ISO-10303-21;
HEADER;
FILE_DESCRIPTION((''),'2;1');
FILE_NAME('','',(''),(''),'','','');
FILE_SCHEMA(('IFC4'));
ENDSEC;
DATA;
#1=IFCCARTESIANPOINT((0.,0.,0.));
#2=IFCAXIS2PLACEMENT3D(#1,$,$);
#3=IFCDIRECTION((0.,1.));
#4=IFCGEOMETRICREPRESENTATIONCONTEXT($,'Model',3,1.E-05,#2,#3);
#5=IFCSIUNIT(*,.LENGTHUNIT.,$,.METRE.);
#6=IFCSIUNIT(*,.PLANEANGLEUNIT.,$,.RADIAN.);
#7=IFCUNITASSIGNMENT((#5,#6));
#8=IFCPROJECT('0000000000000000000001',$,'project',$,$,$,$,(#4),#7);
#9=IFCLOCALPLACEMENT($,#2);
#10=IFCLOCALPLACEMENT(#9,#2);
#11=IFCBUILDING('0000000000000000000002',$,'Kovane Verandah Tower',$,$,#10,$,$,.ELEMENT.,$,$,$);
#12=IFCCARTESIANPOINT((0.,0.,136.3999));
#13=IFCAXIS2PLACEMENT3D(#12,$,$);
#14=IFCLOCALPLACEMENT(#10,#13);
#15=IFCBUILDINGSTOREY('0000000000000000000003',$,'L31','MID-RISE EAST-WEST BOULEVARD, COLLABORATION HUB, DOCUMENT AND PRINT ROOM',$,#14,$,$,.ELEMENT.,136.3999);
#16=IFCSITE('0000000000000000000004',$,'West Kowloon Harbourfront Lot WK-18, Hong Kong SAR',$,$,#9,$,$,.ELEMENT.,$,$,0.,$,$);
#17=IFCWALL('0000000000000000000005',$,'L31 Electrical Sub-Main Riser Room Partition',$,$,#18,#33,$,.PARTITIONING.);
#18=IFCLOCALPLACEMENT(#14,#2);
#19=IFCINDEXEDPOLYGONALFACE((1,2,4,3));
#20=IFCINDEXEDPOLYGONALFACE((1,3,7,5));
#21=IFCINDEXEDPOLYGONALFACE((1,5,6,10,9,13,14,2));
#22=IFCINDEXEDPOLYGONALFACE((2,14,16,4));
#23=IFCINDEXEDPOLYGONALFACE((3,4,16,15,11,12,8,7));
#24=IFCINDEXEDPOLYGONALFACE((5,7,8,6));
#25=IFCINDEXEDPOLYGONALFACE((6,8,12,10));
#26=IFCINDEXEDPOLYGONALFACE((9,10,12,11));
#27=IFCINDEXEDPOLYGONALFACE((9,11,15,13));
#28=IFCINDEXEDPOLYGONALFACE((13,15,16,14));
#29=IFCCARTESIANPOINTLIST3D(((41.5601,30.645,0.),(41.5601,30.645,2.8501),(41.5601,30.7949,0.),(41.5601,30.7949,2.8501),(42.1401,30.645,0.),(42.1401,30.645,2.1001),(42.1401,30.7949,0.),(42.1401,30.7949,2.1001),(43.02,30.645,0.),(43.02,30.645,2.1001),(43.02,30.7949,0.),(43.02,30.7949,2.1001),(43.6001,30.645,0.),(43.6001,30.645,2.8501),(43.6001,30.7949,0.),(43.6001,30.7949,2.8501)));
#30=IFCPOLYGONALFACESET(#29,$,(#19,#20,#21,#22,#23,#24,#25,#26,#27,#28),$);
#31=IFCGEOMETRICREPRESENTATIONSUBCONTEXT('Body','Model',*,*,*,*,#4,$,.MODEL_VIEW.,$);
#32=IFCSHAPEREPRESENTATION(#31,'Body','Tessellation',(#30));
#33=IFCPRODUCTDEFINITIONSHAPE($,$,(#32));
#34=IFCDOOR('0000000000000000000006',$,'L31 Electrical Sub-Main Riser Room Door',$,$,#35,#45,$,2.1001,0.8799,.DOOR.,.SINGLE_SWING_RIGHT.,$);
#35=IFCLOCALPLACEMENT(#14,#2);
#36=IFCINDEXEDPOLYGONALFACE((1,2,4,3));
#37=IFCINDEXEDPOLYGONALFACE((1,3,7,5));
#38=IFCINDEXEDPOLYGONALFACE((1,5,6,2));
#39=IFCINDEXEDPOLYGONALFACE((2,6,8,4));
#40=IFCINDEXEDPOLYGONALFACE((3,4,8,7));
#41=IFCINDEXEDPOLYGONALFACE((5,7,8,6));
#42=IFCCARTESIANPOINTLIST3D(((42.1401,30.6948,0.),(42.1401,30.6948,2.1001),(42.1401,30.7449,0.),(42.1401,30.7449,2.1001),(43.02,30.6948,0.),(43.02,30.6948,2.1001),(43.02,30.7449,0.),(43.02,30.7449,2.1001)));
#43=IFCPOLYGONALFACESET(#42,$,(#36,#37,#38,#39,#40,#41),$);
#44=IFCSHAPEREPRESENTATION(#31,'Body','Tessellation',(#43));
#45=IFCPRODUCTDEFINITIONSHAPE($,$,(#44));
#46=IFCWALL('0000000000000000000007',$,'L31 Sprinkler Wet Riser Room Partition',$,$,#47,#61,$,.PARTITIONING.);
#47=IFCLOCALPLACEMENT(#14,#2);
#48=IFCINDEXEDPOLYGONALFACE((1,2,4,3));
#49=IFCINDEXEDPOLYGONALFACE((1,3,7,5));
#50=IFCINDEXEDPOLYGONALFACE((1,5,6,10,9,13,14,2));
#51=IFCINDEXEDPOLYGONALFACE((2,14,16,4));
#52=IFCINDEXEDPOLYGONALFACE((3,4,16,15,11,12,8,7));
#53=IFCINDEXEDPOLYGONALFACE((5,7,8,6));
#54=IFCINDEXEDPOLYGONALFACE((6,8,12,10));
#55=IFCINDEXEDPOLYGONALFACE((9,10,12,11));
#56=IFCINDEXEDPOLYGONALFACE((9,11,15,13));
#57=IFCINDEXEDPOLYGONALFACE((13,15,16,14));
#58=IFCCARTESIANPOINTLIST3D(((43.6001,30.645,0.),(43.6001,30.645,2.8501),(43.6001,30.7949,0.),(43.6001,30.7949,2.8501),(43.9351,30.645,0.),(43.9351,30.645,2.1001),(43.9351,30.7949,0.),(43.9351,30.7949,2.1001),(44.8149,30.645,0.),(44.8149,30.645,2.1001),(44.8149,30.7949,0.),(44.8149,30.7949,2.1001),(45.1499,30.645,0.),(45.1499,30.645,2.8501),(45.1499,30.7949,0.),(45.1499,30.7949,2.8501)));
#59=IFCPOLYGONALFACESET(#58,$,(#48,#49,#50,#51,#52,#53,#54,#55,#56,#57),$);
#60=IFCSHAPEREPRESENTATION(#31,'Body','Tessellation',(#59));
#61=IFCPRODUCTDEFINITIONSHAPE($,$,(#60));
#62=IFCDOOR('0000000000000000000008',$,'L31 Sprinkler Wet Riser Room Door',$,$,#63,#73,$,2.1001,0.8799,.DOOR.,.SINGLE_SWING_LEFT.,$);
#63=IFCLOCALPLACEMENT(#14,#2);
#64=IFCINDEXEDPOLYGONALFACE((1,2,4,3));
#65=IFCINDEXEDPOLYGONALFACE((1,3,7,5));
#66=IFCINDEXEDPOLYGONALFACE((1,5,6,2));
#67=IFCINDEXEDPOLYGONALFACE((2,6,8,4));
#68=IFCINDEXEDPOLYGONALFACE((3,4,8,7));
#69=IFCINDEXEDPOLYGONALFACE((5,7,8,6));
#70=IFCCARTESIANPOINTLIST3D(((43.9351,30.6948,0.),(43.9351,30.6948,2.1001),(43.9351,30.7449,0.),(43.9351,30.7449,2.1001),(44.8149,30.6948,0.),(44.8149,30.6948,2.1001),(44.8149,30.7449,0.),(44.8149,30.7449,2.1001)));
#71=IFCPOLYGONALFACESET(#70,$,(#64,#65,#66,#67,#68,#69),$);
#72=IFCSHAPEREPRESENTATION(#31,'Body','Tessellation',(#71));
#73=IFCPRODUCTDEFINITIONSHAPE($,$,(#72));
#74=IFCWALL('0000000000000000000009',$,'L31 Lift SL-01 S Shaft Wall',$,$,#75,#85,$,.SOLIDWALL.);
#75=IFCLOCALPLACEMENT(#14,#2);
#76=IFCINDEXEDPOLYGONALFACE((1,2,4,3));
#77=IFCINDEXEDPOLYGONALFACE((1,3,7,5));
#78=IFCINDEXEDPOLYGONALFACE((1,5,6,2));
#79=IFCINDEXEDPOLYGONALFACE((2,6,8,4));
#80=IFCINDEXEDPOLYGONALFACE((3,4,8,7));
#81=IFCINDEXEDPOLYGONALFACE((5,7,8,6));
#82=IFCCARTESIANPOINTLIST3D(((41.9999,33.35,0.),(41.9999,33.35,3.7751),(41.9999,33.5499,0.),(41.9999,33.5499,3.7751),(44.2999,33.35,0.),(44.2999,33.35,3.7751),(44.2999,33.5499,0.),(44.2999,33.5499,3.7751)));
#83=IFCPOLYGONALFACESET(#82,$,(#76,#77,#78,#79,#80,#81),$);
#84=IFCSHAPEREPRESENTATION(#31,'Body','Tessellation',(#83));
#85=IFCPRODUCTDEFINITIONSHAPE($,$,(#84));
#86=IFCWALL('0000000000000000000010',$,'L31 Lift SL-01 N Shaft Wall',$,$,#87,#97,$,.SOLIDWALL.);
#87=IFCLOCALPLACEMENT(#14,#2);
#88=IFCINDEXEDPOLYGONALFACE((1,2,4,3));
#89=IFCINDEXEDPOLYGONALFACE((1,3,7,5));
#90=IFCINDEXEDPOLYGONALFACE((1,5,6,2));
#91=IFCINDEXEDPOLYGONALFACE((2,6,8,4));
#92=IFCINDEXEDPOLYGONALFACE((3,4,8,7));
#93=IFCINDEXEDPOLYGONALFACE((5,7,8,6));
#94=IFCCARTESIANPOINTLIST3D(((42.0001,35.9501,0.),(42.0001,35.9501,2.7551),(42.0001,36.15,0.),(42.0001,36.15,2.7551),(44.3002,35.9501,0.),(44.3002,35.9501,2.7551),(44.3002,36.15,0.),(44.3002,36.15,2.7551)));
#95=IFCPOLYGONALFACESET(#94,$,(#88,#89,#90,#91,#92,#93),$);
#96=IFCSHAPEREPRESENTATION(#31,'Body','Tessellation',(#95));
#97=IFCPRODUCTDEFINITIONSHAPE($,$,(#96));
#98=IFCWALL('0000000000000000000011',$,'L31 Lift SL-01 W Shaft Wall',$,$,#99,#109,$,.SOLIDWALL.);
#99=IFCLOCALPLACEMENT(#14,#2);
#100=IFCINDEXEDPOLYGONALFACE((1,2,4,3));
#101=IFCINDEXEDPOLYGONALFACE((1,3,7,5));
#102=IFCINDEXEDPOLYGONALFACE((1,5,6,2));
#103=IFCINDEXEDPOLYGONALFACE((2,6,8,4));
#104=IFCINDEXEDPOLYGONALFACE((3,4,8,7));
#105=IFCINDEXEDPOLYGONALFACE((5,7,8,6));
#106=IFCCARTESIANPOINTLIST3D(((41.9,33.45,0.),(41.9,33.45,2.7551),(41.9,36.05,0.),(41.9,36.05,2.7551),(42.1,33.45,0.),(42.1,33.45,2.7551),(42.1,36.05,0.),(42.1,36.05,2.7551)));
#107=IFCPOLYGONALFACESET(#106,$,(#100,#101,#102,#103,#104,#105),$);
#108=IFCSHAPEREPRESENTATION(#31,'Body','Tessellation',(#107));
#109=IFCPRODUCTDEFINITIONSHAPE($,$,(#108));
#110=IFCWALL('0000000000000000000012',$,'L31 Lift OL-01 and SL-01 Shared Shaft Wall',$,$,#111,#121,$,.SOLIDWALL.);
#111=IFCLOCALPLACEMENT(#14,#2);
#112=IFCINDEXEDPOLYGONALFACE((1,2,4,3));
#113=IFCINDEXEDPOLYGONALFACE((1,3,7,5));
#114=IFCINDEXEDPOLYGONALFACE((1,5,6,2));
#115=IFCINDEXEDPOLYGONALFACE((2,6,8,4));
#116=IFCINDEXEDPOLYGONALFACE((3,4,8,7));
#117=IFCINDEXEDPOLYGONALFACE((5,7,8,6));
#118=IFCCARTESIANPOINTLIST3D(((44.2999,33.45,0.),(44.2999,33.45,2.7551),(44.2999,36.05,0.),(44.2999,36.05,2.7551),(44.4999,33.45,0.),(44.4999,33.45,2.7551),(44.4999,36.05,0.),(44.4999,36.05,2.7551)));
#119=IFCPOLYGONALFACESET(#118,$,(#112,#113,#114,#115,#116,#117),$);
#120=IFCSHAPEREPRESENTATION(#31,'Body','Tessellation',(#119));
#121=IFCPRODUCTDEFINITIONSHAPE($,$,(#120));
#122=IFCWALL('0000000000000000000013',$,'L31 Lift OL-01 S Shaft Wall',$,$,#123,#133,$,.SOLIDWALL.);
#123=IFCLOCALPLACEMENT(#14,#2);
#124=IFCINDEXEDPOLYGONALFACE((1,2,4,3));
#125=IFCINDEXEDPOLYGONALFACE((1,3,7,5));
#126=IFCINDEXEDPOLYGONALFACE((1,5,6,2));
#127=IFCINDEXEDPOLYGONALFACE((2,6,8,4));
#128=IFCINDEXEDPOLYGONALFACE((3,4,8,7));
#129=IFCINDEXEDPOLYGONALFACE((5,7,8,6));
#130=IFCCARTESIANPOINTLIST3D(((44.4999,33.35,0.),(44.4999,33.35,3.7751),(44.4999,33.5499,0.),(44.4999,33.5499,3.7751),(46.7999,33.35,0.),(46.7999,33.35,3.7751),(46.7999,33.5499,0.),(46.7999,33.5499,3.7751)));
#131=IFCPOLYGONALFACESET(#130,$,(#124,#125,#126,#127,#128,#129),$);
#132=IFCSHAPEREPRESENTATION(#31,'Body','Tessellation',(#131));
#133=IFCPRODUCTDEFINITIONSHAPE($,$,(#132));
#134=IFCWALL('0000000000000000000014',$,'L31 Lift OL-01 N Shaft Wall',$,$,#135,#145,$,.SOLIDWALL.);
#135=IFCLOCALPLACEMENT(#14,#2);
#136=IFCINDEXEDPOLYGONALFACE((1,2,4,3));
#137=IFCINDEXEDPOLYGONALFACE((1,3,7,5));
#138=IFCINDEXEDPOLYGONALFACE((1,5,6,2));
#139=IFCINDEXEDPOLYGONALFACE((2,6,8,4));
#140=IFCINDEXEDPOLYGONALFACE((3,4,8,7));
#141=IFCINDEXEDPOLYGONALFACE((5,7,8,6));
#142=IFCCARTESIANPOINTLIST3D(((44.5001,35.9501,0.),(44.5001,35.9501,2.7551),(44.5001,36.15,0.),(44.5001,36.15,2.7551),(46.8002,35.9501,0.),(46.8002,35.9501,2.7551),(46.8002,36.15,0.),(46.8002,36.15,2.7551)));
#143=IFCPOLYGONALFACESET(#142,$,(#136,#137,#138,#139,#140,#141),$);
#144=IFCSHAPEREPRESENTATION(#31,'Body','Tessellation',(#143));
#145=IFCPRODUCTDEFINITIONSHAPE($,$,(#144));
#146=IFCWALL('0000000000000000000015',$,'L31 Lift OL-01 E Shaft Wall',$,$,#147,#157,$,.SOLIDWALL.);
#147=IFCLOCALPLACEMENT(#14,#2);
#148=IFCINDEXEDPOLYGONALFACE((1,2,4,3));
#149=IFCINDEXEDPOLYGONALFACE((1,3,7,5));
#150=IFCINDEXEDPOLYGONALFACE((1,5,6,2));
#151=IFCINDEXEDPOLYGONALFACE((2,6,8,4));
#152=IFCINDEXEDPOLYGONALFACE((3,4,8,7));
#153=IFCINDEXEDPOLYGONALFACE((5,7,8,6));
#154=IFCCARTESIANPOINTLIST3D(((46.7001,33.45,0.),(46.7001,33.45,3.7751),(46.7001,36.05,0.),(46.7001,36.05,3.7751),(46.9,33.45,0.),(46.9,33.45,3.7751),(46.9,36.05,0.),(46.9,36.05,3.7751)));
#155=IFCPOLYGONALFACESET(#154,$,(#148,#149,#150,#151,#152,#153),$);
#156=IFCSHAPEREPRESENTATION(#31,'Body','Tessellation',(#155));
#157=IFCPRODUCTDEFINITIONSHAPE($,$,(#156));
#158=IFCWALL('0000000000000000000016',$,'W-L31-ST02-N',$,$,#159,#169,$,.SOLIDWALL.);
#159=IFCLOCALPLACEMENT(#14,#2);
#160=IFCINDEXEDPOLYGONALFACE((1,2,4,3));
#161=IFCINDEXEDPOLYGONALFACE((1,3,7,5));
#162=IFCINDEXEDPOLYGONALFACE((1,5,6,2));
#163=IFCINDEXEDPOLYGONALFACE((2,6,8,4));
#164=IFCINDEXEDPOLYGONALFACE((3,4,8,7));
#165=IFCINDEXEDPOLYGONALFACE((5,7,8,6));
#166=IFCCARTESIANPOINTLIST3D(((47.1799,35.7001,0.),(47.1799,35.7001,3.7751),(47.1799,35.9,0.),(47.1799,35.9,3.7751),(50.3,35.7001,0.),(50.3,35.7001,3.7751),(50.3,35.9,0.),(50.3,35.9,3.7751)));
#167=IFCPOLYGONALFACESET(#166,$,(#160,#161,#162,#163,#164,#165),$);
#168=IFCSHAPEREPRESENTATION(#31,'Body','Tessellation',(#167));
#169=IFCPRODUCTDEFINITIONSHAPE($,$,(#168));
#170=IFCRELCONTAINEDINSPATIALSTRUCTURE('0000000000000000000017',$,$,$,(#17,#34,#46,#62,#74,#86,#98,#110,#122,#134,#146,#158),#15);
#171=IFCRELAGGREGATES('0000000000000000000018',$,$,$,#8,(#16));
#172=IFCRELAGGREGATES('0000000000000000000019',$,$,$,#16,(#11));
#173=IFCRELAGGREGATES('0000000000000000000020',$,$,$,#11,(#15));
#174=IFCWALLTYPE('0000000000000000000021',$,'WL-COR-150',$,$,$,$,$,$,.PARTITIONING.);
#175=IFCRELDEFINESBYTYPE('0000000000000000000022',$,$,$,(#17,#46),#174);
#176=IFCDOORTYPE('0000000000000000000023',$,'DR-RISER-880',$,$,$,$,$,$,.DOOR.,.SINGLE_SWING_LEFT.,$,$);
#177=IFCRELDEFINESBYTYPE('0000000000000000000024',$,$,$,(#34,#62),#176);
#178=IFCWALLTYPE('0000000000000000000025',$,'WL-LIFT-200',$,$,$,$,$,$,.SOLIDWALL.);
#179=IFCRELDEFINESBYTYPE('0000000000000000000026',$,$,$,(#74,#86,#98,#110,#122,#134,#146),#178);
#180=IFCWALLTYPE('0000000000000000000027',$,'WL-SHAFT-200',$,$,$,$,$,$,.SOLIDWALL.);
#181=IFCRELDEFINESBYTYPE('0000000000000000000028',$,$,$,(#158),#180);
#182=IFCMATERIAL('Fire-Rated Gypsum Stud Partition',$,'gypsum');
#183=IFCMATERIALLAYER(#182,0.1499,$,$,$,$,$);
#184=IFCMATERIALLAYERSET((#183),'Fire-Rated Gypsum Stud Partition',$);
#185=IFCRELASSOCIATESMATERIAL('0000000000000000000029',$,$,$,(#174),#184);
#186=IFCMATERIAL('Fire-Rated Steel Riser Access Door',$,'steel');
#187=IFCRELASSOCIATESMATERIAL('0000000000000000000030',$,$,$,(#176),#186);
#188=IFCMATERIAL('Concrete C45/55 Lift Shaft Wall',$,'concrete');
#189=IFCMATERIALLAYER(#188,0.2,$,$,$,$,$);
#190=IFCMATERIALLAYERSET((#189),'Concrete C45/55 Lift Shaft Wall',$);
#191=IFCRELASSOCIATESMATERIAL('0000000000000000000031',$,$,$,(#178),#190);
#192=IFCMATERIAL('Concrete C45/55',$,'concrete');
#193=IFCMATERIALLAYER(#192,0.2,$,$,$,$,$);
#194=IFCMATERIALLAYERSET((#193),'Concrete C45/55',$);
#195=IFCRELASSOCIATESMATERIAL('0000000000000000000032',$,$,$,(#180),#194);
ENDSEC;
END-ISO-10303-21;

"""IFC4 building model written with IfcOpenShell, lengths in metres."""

from ifc_helpers import new_model, si_unit, direction, frame, frame_2d, origin, place, context, subcontext, project, spatial, rectangle, extrude, material, layer, layer_set, type_object, element, fill, save


model = new_model("IFC4")

# Units and contexts
model_context = context("Model", 3, precision=1e-05, world=origin(), true_north=direction((0.0, 1.0)))
body_context = subcontext(model_context, "Body", "Model", "MODEL_VIEW")
ifc_project = project(units=[si_unit("LENGTHUNIT", "METRE"), si_unit("PLANEANGLEUNIT", "RADIAN")], contexts=[model_context])

# Site, building, storey
site_placement = place(None, origin())
site = spatial("IfcSite", under=ifc_project, at=site_placement, Name="West Kowloon Harbourfront Lot WK-18, Hong Kong SAR", CompositionType="ELEMENT", RefElevation=0.0)
building_placement = place(site_placement, origin())
building = spatial("IfcBuilding", under=site, at=building_placement, Name="Kovane Verandah Tower", CompositionType="ELEMENT")
storey_placement = place(building_placement, frame((0.0, 0.0, 136.3999)))
storey = spatial("IfcBuildingStorey", under=building, at=storey_placement, Name="L31", Description="MID-RISE EAST-WEST BOULEVARD, COLLABORATION HUB, DOCUMENT AND PRINT ROOM", CompositionType="ELEMENT", Elevation=136.3999)

# Walls, openings, doors
ifc_material_1 = material(Name="Fire-Rated Gypsum Stud Partition", Category="gypsum")
ifc_layer_1 = layer(ifc_material_1, 0.1499)
ifc_layer_set_1 = layer_set([ifc_layer_1], Name="Fire-Rated Gypsum Stud Partition")
wall_type_1 = type_object("IfcWallType", Name="WL-COR-150", PredefinedType="PARTITIONING", material=ifc_layer_set_1)
wall_1_placement = place(storey_placement, frame((41.5601, 30.72, 0.0), z_axis=(0.0, 0.0, 1.0), x_axis=(1.0, 0.0, 0.0)))
wall_1 = element("IfcWall", 1, at=wall_1_placement, inside=storey, type_object=wall_type_1, Name="L31 Electrical Sub-Main Riser Room Partition", PredefinedType="PARTITIONING", context=body_context, shape_type="SweptSolid", body=[
    extrude(rectangle(XDim=2.04, YDim=0.1499, at=frame_2d((1.02, 0.0))), origin(), (0.0, 0.0, 1.0), 2.8501),
])
opening_1_placement = place(wall_1_placement, frame((0.5801, 0.0, 0.0)))
opening_1 = element("IfcOpeningElement", 2, at=opening_1_placement, cuts=wall_1, PredefinedType="OPENING", context=body_context, shape_type="SweptSolid", body=[
    extrude(rectangle(XDim=0.8799, YDim=2.1001, at=frame_2d((0.4399, 1.05))), frame((0.0, 0.075, 0.0), z_axis=(0.0, -1.0, 0.0), x_axis=(1.0, 0.0, 0.0)), (0.0, 0.0, 1.0), 0.1499),
])
ifc_material_2 = material(Name="Fire-Rated Steel Riser Access Door", Category="steel")
door_type = type_object("IfcDoorType", Name="DR-RISER-880", OperationType="SINGLE_SWING_LEFT", PredefinedType="DOOR", material=ifc_material_2)
door_1_placement = place(opening_1_placement, origin())
door_1 = element("IfcDoor", 3, at=door_1_placement, inside=storey, type_object=door_type, Name="L31 Electrical Sub-Main Riser Room Door", OperationType="SINGLE_SWING_RIGHT", OverallHeight=2.1001, OverallWidth=0.8799, PredefinedType="DOOR", context=body_context, shape_type="SweptSolid", body=[
    extrude(rectangle(XDim=0.8799, YDim=2.1001, at=frame_2d((0.4399, 1.05))), frame((0.0, 0.0249, 0.0), z_axis=(0.0, -1.0, 0.0), x_axis=(1.0, 0.0, 0.0)), (0.0, 0.0, 1.0), 0.05),
])
fill(opening_1, door_1)
wall_2_placement = place(storey_placement, frame((43.6001, 30.72, 0.0), z_axis=(0.0, 0.0, 1.0), x_axis=(1.0, 0.0, 0.0)))
wall_2 = element("IfcWall", 4, at=wall_2_placement, inside=storey, type_object=wall_type_1, Name="L31 Sprinkler Wet Riser Room Partition", PredefinedType="PARTITIONING", context=body_context, shape_type="SweptSolid", body=[
    extrude(rectangle(XDim=1.5498, YDim=0.1499, at=frame_2d((0.7749, 0.0))), origin(), (0.0, 0.0, 1.0), 2.8501),
])
opening_2_placement = place(wall_2_placement, frame((0.335, 0.0, 0.0)))
opening_2 = element("IfcOpeningElement", 5, at=opening_2_placement, cuts=wall_2, PredefinedType="OPENING", context=body_context, shape_type="SweptSolid", body=[
    extrude(rectangle(XDim=0.8799, YDim=2.1001, at=frame_2d((0.4399, 1.05))), frame((0.0, 0.075, 0.0), z_axis=(0.0, -1.0, 0.0), x_axis=(1.0, 0.0, 0.0)), (0.0, 0.0, 1.0), 0.1499),
])
door_2_placement = place(opening_2_placement, origin())
door_2 = element("IfcDoor", 6, at=door_2_placement, inside=storey, type_object=door_type, Name="L31 Sprinkler Wet Riser Room Door", OperationType="SINGLE_SWING_LEFT", OverallHeight=2.1001, OverallWidth=0.8799, PredefinedType="DOOR", context=body_context, shape_type="SweptSolid", body=[
    extrude(rectangle(XDim=0.8799, YDim=2.1001, at=frame_2d((0.4399, 1.05))), frame((0.0, 0.0249, 0.0), z_axis=(0.0, -1.0, 0.0), x_axis=(1.0, 0.0, 0.0)), (0.0, 0.0, 1.0), 0.05),
])
fill(opening_2, door_2)

# Walls
ifc_material_3 = material(Name="Concrete C45/55 Lift Shaft Wall", Category="concrete")
ifc_layer_2 = layer(ifc_material_3, 0.2)
ifc_layer_set_2 = layer_set([ifc_layer_2], Name="Concrete C45/55 Lift Shaft Wall")
wall_type_2 = type_object("IfcWallType", Name="WL-LIFT-200", PredefinedType="SOLIDWALL", material=ifc_layer_set_2)
wall_3_placement = place(storey_placement, frame((42.0, 33.45, 0.0), z_axis=(0.0, 0.0, 1.0), x_axis=(1.0, 0.0, 0.0)))
element("IfcWall", 7, at=wall_3_placement, inside=storey, type_object=wall_type_2, Name="L31 Lift SL-01 S Shaft Wall", PredefinedType="SOLIDWALL", context=body_context, shape_type="SweptSolid", body=[
    extrude(rectangle(XDim=2.3, YDim=0.2, at=frame_2d((1.1499, 0.0))), origin(), (0.0, 0.0, 1.0), 3.7751),
])
wall_4_placement = place(storey_placement, frame((44.3, 36.05, 0.0), z_axis=(0.0, 0.0, 1.0), x_axis=(-1.0, 0.0, 0.0)))
element("IfcWall", 8, at=wall_4_placement, inside=storey, type_object=wall_type_2, Name="L31 Lift SL-01 N Shaft Wall", PredefinedType="SOLIDWALL", context=body_context, shape_type="SweptSolid", body=[
    extrude(rectangle(XDim=2.3, YDim=0.2, at=frame_2d((1.1499, 0.0))), origin(), (0.0, 0.0, 1.0), 2.7551),
])
for number, where, z_axis, x_axis, name in (
    (9, (42.0, 36.05, 0.0), (0.0, 0.0, 1.0), (0.0, -1.0, 0.0), "L31 Lift SL-01 W Shaft Wall"),
    (10, (44.3999, 33.45, 0.0), (0.0, 0.0, 1.0), (0.0, 1.0, 0.0), "L31 Lift OL-01 and SL-01 Shared Shaft Wall"),
):
    element("IfcWall", number, at=place(storey_placement, frame(where, z_axis=z_axis, x_axis=x_axis)), inside=storey, type_object=wall_type_2, Name=name, PredefinedType="SOLIDWALL", context=body_context, shape_type="SweptSolid", body=[
        extrude(rectangle(XDim=2.6001, YDim=0.2, at=frame_2d((1.3, 0.0))), origin(), (0.0, 0.0, 1.0), 2.7551),
    ])
wall_5_placement = place(storey_placement, frame((44.5, 33.45, 0.0), z_axis=(0.0, 0.0, 1.0), x_axis=(1.0, 0.0, 0.0)))
element("IfcWall", 11, at=wall_5_placement, inside=storey, type_object=wall_type_2, Name="L31 Lift OL-01 S Shaft Wall", PredefinedType="SOLIDWALL", context=body_context, shape_type="SweptSolid", body=[
    extrude(rectangle(XDim=2.3, YDim=0.2, at=frame_2d((1.1499, 0.0))), origin(), (0.0, 0.0, 1.0), 3.7751),
])
wall_6_placement = place(storey_placement, frame((46.8, 36.05, 0.0), z_axis=(0.0, 0.0, 1.0), x_axis=(-1.0, 0.0, 0.0)))
element("IfcWall", 12, at=wall_6_placement, inside=storey, type_object=wall_type_2, Name="L31 Lift OL-01 N Shaft Wall", PredefinedType="SOLIDWALL", context=body_context, shape_type="SweptSolid", body=[
    extrude(rectangle(XDim=2.3, YDim=0.2, at=frame_2d((1.1499, 0.0))), origin(), (0.0, 0.0, 1.0), 2.7551),
])
wall_7_placement = place(storey_placement, frame((46.8, 33.45, 0.0), z_axis=(0.0, 0.0, 1.0), x_axis=(0.0, 1.0, 0.0)))
element("IfcWall", 13, at=wall_7_placement, inside=storey, type_object=wall_type_2, Name="L31 Lift OL-01 E Shaft Wall", PredefinedType="SOLIDWALL", context=body_context, shape_type="SweptSolid", body=[
    extrude(rectangle(XDim=2.6001, YDim=0.2, at=frame_2d((1.3, 0.0))), origin(), (0.0, 0.0, 1.0), 3.7751),
])
ifc_material_4 = material(Name="Concrete C45/55", Category="concrete")
ifc_layer_3 = layer(ifc_material_4, 0.2)
ifc_layer_set_3 = layer_set([ifc_layer_3], Name="Concrete C45/55")
wall_type_3 = type_object("IfcWallType", Name="WL-SHAFT-200", PredefinedType="SOLIDWALL", material=ifc_layer_set_3)
wall_8_placement = place(storey_placement, frame((47.1799, 35.8, 0.0), z_axis=(0.0, 0.0, 1.0), x_axis=(1.0, 0.0, 0.0)))
element("IfcWall", 14, at=wall_8_placement, inside=storey, type_object=wall_type_3, Name="W-L31-ST02-N", PredefinedType="SOLIDWALL", context=body_context, shape_type="SweptSolid", body=[
    extrude(rectangle(XDim=3.1201, YDim=0.2, at=frame_2d((1.5601, 0.0))), origin(), (0.0, 0.0, 1.0), 3.7751),
])

save(model, "model.ifc")
